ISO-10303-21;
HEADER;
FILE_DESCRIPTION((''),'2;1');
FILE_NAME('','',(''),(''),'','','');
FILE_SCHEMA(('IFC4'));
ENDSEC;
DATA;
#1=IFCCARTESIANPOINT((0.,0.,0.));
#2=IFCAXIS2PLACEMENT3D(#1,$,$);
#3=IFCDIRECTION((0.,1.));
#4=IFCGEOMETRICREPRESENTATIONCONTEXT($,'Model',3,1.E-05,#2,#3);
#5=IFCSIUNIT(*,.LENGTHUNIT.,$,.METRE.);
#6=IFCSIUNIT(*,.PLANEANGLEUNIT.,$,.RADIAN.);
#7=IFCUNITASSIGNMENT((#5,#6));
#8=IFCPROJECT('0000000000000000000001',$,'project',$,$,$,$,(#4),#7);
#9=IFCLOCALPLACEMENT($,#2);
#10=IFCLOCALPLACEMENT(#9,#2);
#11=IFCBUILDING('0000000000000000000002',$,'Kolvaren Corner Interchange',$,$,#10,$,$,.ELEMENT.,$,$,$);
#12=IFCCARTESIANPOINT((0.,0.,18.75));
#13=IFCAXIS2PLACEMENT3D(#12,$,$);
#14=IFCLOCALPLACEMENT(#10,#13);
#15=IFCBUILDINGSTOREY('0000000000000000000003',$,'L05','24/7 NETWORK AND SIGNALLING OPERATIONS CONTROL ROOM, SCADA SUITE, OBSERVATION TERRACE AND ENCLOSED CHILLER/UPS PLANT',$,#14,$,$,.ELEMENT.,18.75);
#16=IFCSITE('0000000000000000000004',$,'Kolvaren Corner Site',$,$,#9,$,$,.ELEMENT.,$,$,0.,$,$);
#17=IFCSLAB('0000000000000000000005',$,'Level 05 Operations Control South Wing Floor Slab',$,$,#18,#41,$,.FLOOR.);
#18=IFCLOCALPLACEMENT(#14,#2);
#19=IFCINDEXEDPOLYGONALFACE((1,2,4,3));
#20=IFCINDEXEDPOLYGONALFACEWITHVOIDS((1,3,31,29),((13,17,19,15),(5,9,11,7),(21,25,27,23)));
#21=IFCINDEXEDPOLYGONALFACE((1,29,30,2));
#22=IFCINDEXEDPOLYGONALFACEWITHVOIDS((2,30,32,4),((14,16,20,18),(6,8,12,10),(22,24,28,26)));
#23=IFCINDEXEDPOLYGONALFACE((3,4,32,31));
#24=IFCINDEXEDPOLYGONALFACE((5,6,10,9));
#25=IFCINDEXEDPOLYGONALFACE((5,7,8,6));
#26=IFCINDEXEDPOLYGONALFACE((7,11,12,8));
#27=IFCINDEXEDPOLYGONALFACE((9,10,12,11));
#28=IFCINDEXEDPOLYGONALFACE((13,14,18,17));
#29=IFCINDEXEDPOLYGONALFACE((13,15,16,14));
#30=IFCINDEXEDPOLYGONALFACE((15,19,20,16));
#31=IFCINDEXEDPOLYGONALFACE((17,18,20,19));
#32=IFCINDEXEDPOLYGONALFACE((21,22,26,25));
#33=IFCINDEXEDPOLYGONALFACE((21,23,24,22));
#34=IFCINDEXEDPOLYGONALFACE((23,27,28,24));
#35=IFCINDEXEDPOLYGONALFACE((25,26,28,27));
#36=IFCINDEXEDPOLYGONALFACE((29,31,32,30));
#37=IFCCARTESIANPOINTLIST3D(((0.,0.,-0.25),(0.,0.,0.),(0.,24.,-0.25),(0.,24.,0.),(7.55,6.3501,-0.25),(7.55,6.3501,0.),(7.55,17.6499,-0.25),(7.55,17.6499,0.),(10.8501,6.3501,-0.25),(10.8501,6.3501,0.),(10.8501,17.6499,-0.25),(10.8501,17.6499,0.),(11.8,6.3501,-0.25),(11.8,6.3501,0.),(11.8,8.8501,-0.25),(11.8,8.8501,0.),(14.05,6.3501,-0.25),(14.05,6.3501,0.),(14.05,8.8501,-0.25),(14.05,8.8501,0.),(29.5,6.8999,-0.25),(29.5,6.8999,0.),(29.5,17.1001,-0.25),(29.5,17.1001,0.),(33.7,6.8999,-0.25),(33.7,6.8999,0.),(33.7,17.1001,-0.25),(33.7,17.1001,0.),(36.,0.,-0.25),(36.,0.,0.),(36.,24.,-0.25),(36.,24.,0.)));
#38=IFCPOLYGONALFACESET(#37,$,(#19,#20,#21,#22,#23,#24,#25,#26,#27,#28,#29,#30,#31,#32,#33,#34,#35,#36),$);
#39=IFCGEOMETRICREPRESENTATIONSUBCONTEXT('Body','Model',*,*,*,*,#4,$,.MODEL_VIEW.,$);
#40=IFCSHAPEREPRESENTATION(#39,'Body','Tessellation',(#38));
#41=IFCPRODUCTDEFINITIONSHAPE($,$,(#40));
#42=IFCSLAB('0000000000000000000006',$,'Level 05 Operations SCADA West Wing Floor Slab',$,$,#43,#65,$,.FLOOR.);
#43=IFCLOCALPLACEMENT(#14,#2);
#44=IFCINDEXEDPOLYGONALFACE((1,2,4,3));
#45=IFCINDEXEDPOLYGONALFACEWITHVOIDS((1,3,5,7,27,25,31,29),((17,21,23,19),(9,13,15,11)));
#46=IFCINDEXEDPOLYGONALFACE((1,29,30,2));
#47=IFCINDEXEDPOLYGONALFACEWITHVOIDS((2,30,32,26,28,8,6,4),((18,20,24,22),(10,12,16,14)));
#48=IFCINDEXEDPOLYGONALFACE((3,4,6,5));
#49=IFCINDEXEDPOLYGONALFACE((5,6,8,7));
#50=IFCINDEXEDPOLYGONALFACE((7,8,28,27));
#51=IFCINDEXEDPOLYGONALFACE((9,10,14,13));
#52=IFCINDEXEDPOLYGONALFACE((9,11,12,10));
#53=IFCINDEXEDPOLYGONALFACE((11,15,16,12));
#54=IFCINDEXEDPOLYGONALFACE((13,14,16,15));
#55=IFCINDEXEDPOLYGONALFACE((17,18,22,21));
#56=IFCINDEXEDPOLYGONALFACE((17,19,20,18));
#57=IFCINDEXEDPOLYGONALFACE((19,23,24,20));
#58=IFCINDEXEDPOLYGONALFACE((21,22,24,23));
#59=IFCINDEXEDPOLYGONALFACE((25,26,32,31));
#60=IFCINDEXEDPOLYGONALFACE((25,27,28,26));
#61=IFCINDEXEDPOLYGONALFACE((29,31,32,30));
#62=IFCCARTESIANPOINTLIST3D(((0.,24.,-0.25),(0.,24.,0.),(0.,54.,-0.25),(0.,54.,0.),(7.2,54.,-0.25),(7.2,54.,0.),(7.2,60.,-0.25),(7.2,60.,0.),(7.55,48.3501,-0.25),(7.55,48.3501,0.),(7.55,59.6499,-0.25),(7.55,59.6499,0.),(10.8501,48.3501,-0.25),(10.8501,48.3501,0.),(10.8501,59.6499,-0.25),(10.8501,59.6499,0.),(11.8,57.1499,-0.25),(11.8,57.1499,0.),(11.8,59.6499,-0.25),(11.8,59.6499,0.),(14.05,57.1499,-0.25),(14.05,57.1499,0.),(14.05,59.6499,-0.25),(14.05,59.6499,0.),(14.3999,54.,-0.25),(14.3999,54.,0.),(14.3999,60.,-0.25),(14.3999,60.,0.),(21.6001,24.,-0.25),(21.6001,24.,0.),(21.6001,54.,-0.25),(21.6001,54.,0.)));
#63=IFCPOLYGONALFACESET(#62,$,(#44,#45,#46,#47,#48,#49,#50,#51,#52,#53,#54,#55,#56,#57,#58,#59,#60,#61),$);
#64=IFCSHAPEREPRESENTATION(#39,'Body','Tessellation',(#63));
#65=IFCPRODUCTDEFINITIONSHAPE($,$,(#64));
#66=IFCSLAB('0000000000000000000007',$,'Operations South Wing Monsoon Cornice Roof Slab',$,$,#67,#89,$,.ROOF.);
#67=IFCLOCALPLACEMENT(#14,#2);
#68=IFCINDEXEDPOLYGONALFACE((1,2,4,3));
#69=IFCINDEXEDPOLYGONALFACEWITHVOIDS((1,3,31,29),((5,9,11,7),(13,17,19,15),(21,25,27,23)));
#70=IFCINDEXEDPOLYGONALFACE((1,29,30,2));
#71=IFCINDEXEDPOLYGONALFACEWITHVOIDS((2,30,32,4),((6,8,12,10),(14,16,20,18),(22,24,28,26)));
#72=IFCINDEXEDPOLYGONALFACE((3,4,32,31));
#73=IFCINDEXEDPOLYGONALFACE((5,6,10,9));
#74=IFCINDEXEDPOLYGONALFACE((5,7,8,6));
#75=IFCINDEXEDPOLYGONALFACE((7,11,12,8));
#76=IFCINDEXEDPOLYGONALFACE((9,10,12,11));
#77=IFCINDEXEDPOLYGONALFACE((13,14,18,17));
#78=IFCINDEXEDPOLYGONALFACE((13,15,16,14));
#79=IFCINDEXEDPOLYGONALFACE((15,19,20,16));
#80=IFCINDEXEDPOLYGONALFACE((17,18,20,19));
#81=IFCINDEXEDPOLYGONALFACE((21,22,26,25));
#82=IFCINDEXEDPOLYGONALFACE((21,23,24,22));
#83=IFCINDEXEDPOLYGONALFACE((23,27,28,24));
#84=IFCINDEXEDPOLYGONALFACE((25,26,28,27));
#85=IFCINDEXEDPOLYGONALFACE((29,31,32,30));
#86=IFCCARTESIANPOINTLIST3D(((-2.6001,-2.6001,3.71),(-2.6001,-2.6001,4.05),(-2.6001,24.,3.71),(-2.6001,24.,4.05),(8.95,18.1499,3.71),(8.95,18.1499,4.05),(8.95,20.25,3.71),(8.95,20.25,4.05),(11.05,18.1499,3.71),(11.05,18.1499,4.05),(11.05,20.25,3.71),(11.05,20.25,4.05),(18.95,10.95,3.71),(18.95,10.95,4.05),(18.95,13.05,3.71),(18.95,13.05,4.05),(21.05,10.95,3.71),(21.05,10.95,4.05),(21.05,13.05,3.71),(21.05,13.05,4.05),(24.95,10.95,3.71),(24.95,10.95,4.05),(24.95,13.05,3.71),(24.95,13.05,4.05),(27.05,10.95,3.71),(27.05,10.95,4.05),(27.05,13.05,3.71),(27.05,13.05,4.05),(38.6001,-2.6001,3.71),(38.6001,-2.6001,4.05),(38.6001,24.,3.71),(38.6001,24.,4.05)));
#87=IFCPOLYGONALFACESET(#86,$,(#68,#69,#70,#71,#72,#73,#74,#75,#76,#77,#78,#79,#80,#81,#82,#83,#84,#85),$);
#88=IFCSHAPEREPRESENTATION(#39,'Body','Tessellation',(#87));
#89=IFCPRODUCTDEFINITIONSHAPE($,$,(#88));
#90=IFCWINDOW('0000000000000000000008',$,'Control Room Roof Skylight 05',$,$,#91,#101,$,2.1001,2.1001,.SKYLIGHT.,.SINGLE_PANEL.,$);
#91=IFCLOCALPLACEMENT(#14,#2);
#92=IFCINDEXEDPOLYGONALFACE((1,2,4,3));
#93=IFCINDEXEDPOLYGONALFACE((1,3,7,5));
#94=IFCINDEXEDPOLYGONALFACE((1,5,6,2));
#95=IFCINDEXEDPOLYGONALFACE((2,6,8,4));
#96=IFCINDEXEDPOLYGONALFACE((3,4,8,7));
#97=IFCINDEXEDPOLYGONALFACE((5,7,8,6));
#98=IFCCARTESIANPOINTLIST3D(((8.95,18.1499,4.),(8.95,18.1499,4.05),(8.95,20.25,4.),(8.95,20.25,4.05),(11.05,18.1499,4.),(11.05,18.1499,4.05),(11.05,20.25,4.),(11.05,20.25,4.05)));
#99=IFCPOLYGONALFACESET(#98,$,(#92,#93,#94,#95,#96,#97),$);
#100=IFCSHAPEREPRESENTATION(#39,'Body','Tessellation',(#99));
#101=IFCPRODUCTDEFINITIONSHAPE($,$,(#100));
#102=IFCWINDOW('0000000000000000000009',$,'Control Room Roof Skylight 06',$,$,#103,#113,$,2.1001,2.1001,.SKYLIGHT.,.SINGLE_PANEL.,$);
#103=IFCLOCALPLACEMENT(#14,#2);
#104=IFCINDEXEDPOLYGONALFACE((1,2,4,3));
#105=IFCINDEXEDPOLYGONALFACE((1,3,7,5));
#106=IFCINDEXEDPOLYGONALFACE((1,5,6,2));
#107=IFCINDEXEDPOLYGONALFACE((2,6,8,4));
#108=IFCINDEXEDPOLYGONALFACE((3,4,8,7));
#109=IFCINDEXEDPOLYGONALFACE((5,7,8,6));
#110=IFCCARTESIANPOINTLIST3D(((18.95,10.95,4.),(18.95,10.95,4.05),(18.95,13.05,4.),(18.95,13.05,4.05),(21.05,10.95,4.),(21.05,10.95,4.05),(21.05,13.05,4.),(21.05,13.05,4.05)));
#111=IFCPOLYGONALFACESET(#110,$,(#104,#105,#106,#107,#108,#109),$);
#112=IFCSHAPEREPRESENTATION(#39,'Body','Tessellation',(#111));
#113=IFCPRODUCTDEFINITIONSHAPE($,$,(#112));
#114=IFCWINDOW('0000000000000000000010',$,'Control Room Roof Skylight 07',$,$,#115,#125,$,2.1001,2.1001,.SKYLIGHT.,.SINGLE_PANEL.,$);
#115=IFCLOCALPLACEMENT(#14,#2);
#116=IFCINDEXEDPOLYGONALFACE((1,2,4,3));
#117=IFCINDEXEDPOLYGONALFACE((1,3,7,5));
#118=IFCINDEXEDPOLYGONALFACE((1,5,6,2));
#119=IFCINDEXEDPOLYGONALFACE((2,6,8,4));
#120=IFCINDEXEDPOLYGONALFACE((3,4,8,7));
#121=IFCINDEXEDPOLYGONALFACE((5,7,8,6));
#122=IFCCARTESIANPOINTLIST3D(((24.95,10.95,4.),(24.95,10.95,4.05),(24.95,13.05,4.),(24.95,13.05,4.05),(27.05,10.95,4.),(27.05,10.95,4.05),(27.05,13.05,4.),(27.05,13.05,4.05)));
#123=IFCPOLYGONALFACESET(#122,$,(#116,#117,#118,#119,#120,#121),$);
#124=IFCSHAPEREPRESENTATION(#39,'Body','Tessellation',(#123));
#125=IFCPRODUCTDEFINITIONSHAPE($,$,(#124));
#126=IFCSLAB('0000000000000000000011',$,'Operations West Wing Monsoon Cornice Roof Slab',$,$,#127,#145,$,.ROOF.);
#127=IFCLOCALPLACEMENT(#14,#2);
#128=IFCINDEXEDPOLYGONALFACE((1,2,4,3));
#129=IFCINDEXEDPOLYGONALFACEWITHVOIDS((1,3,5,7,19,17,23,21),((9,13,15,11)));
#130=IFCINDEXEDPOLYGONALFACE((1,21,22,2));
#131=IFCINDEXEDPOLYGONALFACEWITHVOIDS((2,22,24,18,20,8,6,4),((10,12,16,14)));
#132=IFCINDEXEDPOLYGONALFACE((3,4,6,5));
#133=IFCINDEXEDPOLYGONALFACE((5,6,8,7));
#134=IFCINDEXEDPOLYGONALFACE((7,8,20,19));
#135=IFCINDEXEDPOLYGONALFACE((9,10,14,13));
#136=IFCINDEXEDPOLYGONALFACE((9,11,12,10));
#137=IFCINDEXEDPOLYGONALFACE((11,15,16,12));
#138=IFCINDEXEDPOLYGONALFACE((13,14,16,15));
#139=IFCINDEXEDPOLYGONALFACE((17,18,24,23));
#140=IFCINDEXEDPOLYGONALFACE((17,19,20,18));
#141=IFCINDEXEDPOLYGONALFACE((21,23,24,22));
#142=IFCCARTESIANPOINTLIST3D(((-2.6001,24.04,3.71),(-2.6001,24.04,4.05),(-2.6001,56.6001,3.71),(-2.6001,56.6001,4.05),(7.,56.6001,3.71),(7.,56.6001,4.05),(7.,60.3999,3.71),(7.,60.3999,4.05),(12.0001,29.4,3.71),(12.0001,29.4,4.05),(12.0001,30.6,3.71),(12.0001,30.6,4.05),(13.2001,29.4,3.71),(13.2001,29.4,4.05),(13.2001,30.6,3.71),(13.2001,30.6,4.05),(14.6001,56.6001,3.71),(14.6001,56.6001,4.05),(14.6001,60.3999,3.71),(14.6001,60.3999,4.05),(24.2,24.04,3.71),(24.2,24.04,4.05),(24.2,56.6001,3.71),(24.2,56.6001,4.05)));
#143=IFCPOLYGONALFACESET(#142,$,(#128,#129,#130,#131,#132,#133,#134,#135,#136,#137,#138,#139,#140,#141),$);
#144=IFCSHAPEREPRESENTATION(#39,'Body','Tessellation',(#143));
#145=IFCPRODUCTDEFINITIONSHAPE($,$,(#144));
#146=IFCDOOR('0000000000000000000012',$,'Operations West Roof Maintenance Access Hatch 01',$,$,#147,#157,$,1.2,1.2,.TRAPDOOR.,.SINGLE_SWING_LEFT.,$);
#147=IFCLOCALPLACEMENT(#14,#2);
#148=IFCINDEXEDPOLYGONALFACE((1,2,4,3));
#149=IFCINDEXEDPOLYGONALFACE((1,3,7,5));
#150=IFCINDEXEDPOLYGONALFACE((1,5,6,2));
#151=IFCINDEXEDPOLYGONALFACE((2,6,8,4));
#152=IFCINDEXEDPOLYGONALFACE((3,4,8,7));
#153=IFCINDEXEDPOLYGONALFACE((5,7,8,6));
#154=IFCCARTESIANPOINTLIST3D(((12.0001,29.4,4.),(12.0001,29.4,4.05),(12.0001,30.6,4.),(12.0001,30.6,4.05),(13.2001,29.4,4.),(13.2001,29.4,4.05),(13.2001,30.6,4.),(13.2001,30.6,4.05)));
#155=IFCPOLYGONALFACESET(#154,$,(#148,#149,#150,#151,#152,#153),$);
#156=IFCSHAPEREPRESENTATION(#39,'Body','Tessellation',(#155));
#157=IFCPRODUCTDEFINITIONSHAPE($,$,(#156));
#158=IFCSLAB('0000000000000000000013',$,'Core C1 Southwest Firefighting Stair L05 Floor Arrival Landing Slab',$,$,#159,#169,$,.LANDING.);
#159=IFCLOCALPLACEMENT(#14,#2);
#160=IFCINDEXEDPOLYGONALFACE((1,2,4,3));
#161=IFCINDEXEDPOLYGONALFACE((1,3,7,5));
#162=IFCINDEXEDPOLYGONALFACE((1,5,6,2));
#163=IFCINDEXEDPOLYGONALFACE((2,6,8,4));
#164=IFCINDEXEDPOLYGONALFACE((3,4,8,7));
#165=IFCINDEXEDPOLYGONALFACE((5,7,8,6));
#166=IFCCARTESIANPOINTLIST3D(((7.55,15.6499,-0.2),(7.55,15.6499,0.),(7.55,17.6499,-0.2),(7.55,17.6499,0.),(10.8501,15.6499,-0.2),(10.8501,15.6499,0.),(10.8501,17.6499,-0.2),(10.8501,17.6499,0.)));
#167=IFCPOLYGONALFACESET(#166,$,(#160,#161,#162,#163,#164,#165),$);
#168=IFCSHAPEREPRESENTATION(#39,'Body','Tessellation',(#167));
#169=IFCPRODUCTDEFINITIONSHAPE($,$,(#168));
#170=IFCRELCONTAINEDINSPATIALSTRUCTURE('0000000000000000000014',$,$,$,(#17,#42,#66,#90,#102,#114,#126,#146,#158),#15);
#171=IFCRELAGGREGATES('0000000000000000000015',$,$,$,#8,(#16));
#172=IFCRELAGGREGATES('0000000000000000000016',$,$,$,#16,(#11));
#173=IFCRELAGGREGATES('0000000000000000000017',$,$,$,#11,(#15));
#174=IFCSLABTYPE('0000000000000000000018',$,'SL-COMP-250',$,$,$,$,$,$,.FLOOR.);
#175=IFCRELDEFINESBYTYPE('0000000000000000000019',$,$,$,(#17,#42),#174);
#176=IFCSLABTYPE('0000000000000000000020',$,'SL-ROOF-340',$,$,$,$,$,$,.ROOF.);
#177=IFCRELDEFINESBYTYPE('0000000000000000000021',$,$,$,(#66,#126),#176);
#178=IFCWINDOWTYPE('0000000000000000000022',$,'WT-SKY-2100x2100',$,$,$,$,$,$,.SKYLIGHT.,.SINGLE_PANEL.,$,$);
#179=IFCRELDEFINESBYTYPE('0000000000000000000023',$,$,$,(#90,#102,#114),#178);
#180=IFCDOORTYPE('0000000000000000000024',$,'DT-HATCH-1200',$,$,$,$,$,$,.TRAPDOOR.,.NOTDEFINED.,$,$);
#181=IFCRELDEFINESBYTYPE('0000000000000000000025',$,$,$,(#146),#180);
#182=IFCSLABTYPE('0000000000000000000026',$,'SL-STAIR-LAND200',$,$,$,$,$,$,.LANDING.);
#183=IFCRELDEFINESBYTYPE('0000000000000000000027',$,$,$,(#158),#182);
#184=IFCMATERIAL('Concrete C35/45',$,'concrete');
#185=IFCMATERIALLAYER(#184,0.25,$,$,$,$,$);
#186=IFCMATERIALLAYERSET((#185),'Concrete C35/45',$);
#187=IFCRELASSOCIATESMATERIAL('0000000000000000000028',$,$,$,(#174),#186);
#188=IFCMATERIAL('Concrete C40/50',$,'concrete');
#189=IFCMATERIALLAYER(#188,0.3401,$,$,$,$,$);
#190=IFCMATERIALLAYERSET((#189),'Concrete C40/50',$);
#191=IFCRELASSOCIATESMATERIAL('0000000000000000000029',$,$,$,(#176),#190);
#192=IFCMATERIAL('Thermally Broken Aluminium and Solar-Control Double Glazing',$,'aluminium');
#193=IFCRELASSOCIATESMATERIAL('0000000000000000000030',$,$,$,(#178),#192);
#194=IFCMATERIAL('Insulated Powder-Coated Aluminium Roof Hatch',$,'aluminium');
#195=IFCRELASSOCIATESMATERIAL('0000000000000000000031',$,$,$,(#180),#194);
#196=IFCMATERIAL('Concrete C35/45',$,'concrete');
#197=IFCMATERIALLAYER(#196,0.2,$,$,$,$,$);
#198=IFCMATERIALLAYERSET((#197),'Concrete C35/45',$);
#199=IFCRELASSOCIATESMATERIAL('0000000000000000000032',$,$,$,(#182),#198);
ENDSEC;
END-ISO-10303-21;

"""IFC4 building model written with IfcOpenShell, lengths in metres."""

from ifc_helpers import new_model, si_unit, direction, frame, origin, origin_2d, place, context, subcontext, project, spatial, polyline, rectangle, outline, extrude, material, layer, layer_set, type_object, element, fill, save


model = new_model("IFC4")

# Units and contexts
model_context = context("Model", 3, precision=1e-05, world=origin(), true_north=direction((0.0, 1.0)))
body_context = subcontext(model_context, "Body", "Model", "MODEL_VIEW")
ifc_project = project(units=[si_unit("LENGTHUNIT", "METRE"), si_unit("PLANEANGLEUNIT", "RADIAN")], contexts=[model_context])

# Site, building, storey
site_placement = place(None, origin())
site = spatial("IfcSite", under=ifc_project, at=site_placement, Name="Kolvaren Corner Site", CompositionType="ELEMENT", RefElevation=0.0)
building_placement = place(site_placement, origin())
building = spatial("IfcBuilding", under=site, at=building_placement, Name="Kolvaren Corner Interchange", CompositionType="ELEMENT")
storey_placement = place(building_placement, frame((0.0, 0.0, 18.75)))
storey = spatial("IfcBuildingStorey", under=building, at=storey_placement, Name="L05", Description="24/7 NETWORK AND SIGNALLING OPERATIONS CONTROL ROOM, SCADA SUITE, OBSERVATION TERRACE AND ENCLOSED CHILLER/UPS PLANT", CompositionType="ELEMENT", Elevation=18.75)

# Slabs
ifc_material_1 = material(Name="Concrete C35/45", Category="concrete")
ifc_layer_1 = layer(ifc_material_1, 0.25)
ifc_layer_set_1 = layer_set([ifc_layer_1], Name="Concrete C35/45")
slab_type_1 = type_object("IfcSlabType", Name="SL-COMP-250", PredefinedType="FLOOR", material=ifc_layer_set_1)
slab_1_placement = place(storey_placement, frame((0.0, 0.0, -0.25)))
element("IfcSlab", 1, at=slab_1_placement, inside=storey, type_object=slab_type_1, Name="Level 05 Operations Control South Wing Floor Slab", PredefinedType="FLOOR", context=body_context, shape_type="SweptSolid", body=[
    extrude(outline(polyline([(0.0, 0.0), (36.0, 0.0), (36.0, 24.0), (0.0, 24.0), (0.0, 0.0)]), holes=[polyline([(10.8501, 6.3501), (7.55, 6.3501), (7.55, 17.6499), (10.8501, 17.6499), (10.8501, 6.3501)]), polyline([(29.5, 17.1001), (33.7, 17.1001), (33.7, 6.8999), (29.5, 6.8999), (29.5, 17.1001)]), polyline([(14.05, 8.8501), (14.05, 6.3501), (11.8, 6.3501), (11.8, 8.8501), (14.05, 8.8501)])]), origin(), (0.0, 0.0, 1.0), 0.25),
])
slab_2_placement = place(storey_placement, frame((0.0, 0.0, -0.25)))
element("IfcSlab", 2, at=slab_2_placement, inside=storey, type_object=slab_type_1, Name="Level 05 Operations SCADA West Wing Floor Slab", PredefinedType="FLOOR", context=body_context, shape_type="SweptSolid", body=[
    extrude(outline(polyline([(14.3999, 60.0), (7.2, 60.0), (7.2, 54.0), (0.0, 54.0), (0.0, 24.0), (21.6001, 24.0), (21.6001, 54.0), (14.3999, 54.0), (14.3999, 60.0)]), holes=[polyline([(10.8501, 48.3501), (7.55, 48.3501), (7.55, 59.6499), (10.8501, 59.6499), (10.8501, 48.3501)]), polyline([(14.05, 59.6499), (14.05, 57.1499), (11.8, 57.1499), (11.8, 59.6499), (14.05, 59.6499)])]), origin(), (0.0, 0.0, 1.0), 0.25),
])

# Slab, openings, windows
ifc_material_2 = material(Name="Concrete C40/50", Category="concrete")
ifc_layer_2 = layer(ifc_material_2, 0.3401)
ifc_layer_set_2 = layer_set([ifc_layer_2], Name="Concrete C40/50")
slab_type_2 = type_object("IfcSlabType", Name="SL-ROOF-340", PredefinedType="ROOF", material=ifc_layer_set_2)
slab_3_placement = place(storey_placement, frame((0.0, 0.0, 3.71)))
slab_3 = element("IfcSlab", 3, at=slab_3_placement, inside=storey, type_object=slab_type_2, Name="Operations South Wing Monsoon Cornice Roof Slab", PredefinedType="ROOF", context=body_context, shape_type="SweptSolid", body=[
    extrude(outline(polyline([(38.6001, -2.6001), (38.6001, 24.0), (-2.6001, 24.0), (-2.6001, -2.6001), (38.6001, -2.6001)])), origin(), (0.0, 0.0, 1.0), 0.3401),
])
opening_1_placement = place(slab_3_placement, frame((10.0, 19.2, 0.0)))
opening_1 = element("IfcOpeningElement", 4, at=opening_1_placement, cuts=slab_3, PredefinedType="OPENING", context=body_context, shape_type="SweptSolid", body=[
    extrude(rectangle(XDim=2.1001, YDim=2.1001, at=origin_2d()), origin(), (0.0, 0.0, 1.0), 0.3401),
])
opening_2_placement = place(slab_3_placement, frame((20.0, 12.0, 0.0)))
opening_2 = element("IfcOpeningElement", 5, at=opening_2_placement, cuts=slab_3, PredefinedType="OPENING", context=body_context, shape_type="SweptSolid", body=[
    extrude(rectangle(XDim=2.1001, YDim=2.1001, at=origin_2d()), origin(), (0.0, 0.0, 1.0), 0.3401),
])
opening_3_placement = place(slab_3_placement, frame((26.0, 12.0, 0.0)))
opening_3 = element("IfcOpeningElement", 6, at=opening_3_placement, cuts=slab_3, PredefinedType="OPENING", context=body_context, shape_type="SweptSolid", body=[
    extrude(rectangle(XDim=2.1001, YDim=2.1001, at=origin_2d()), origin(), (0.0, 0.0, 1.0), 0.3401),
])
ifc_material_3 = material(Name="Thermally Broken Aluminium and Solar-Control Double Glazing", Category="aluminium")
window_type_1 = type_object("IfcWindowType", Name="WT-SKY-2100x2100", PartitioningType="SINGLE_PANEL", PredefinedType="SKYLIGHT", material=ifc_material_3)
window_1_placement = place(opening_1_placement, frame((0.0, 0.0, 0.29)))
window_1 = element("IfcWindow", 7, at=window_1_placement, inside=storey, type_object=window_type_1, Name="Control Room Roof Skylight 05", OverallHeight=2.1001, OverallWidth=2.1001, PartitioningType="SINGLE_PANEL", PredefinedType="SKYLIGHT", context=body_context, shape_type="SweptSolid", body=[
    extrude(rectangle(XDim=2.1001, YDim=2.1001, at=origin_2d()), origin(), (0.0, 0.0, 1.0), 0.05),
])
fill(opening_1, window_1)
window_2_placement = place(opening_2_placement, frame((0.0, 0.0, 0.29)))
window_2 = element("IfcWindow", 8, at=window_2_placement, inside=storey, type_object=window_type_1, Name="Control Room Roof Skylight 06", OverallHeight=2.1001, OverallWidth=2.1001, PartitioningType="SINGLE_PANEL", PredefinedType="SKYLIGHT", context=body_context, shape_type="SweptSolid", body=[
    extrude(rectangle(XDim=2.1001, YDim=2.1001, at=origin_2d()), origin(), (0.0, 0.0, 1.0), 0.05),
])
fill(opening_2, window_2)
window_3_placement = place(opening_3_placement, frame((0.0, 0.0, 0.29)))
window_3 = element("IfcWindow", 9, at=window_3_placement, inside=storey, type_object=window_type_1, Name="Control Room Roof Skylight 07", OverallHeight=2.1001, OverallWidth=2.1001, PartitioningType="SINGLE_PANEL", PredefinedType="SKYLIGHT", context=body_context, shape_type="SweptSolid", body=[
    extrude(rectangle(XDim=2.1001, YDim=2.1001, at=origin_2d()), origin(), (0.0, 0.0, 1.0), 0.05),
])
fill(opening_3, window_3)

# Slab, opening, door
slab_4_placement = place(storey_placement, frame((0.0, 0.0, 3.71)))
slab_4 = element("IfcSlab", 10, at=slab_4_placement, inside=storey, type_object=slab_type_2, Name="Operations West Wing Monsoon Cornice Roof Slab", PredefinedType="ROOF", context=body_context, shape_type="SweptSolid", body=[
    extrude(outline(polyline([(24.2, 24.04), (24.2, 56.6001), (14.6001, 56.6001), (14.6001, 60.3999), (7.0, 60.3999), (7.0, 56.6001), (-2.6001, 56.6001), (-2.6001, 24.04), (24.2, 24.04)])), origin(), (0.0, 0.0, 1.0), 0.3401),
])
opening_4_placement = place(slab_4_placement, frame((12.6001, 30.0, 0.0)))
opening_4 = element("IfcOpeningElement", 11, at=opening_4_placement, cuts=slab_4, PredefinedType="OPENING", context=body_context, shape_type="SweptSolid", body=[
    extrude(rectangle(XDim=1.2, YDim=1.2, at=origin_2d()), origin(), (0.0, 0.0, 1.0), 0.3401),
])
ifc_material_4 = material(Name="Insulated Powder-Coated Aluminium Roof Hatch", Category="aluminium")
door_type = type_object("IfcDoorType", Name="DT-HATCH-1200", OperationType="NOTDEFINED", PredefinedType="TRAPDOOR", material=ifc_material_4)
door_placement = place(opening_4_placement, frame((0.0, 0.0, 0.29)))
door = element("IfcDoor", 12, at=door_placement, inside=storey, type_object=door_type, Name="Operations West Roof Maintenance Access Hatch 01", OperationType="SINGLE_SWING_LEFT", OverallHeight=1.2, OverallWidth=1.2, PredefinedType="TRAPDOOR", context=body_context, shape_type="SweptSolid", body=[
    extrude(rectangle(XDim=1.2, YDim=1.2, at=origin_2d()), origin(), (0.0, 0.0, 1.0), 0.05),
])
fill(opening_4, door)

# Slab
ifc_material_5 = material(Name="Concrete C35/45", Category="concrete")
ifc_layer_3 = layer(ifc_material_5, 0.2)
ifc_layer_set_3 = layer_set([ifc_layer_3], Name="Concrete C35/45")
slab_type_3 = type_object("IfcSlabType", Name="SL-STAIR-LAND200", PredefinedType="LANDING", material=ifc_layer_set_3)
slab_5_placement = place(storey_placement, frame((0.0, 0.0, -0.2)))
element("IfcSlab", 13, at=slab_5_placement, inside=storey, type_object=slab_type_3, Name="Core C1 Southwest Firefighting Stair L05 Floor Arrival Landing Slab", PredefinedType="LANDING", context=body_context, shape_type="SweptSolid", body=[
    extrude(outline(polyline([(7.55, 17.6499), (7.55, 15.6499), (10.8501, 15.6499), (10.8501, 17.6499), (7.55, 17.6499)])), origin(), (0.0, 0.0, 1.0), 0.2),
])

save(model, "model.ifc")
